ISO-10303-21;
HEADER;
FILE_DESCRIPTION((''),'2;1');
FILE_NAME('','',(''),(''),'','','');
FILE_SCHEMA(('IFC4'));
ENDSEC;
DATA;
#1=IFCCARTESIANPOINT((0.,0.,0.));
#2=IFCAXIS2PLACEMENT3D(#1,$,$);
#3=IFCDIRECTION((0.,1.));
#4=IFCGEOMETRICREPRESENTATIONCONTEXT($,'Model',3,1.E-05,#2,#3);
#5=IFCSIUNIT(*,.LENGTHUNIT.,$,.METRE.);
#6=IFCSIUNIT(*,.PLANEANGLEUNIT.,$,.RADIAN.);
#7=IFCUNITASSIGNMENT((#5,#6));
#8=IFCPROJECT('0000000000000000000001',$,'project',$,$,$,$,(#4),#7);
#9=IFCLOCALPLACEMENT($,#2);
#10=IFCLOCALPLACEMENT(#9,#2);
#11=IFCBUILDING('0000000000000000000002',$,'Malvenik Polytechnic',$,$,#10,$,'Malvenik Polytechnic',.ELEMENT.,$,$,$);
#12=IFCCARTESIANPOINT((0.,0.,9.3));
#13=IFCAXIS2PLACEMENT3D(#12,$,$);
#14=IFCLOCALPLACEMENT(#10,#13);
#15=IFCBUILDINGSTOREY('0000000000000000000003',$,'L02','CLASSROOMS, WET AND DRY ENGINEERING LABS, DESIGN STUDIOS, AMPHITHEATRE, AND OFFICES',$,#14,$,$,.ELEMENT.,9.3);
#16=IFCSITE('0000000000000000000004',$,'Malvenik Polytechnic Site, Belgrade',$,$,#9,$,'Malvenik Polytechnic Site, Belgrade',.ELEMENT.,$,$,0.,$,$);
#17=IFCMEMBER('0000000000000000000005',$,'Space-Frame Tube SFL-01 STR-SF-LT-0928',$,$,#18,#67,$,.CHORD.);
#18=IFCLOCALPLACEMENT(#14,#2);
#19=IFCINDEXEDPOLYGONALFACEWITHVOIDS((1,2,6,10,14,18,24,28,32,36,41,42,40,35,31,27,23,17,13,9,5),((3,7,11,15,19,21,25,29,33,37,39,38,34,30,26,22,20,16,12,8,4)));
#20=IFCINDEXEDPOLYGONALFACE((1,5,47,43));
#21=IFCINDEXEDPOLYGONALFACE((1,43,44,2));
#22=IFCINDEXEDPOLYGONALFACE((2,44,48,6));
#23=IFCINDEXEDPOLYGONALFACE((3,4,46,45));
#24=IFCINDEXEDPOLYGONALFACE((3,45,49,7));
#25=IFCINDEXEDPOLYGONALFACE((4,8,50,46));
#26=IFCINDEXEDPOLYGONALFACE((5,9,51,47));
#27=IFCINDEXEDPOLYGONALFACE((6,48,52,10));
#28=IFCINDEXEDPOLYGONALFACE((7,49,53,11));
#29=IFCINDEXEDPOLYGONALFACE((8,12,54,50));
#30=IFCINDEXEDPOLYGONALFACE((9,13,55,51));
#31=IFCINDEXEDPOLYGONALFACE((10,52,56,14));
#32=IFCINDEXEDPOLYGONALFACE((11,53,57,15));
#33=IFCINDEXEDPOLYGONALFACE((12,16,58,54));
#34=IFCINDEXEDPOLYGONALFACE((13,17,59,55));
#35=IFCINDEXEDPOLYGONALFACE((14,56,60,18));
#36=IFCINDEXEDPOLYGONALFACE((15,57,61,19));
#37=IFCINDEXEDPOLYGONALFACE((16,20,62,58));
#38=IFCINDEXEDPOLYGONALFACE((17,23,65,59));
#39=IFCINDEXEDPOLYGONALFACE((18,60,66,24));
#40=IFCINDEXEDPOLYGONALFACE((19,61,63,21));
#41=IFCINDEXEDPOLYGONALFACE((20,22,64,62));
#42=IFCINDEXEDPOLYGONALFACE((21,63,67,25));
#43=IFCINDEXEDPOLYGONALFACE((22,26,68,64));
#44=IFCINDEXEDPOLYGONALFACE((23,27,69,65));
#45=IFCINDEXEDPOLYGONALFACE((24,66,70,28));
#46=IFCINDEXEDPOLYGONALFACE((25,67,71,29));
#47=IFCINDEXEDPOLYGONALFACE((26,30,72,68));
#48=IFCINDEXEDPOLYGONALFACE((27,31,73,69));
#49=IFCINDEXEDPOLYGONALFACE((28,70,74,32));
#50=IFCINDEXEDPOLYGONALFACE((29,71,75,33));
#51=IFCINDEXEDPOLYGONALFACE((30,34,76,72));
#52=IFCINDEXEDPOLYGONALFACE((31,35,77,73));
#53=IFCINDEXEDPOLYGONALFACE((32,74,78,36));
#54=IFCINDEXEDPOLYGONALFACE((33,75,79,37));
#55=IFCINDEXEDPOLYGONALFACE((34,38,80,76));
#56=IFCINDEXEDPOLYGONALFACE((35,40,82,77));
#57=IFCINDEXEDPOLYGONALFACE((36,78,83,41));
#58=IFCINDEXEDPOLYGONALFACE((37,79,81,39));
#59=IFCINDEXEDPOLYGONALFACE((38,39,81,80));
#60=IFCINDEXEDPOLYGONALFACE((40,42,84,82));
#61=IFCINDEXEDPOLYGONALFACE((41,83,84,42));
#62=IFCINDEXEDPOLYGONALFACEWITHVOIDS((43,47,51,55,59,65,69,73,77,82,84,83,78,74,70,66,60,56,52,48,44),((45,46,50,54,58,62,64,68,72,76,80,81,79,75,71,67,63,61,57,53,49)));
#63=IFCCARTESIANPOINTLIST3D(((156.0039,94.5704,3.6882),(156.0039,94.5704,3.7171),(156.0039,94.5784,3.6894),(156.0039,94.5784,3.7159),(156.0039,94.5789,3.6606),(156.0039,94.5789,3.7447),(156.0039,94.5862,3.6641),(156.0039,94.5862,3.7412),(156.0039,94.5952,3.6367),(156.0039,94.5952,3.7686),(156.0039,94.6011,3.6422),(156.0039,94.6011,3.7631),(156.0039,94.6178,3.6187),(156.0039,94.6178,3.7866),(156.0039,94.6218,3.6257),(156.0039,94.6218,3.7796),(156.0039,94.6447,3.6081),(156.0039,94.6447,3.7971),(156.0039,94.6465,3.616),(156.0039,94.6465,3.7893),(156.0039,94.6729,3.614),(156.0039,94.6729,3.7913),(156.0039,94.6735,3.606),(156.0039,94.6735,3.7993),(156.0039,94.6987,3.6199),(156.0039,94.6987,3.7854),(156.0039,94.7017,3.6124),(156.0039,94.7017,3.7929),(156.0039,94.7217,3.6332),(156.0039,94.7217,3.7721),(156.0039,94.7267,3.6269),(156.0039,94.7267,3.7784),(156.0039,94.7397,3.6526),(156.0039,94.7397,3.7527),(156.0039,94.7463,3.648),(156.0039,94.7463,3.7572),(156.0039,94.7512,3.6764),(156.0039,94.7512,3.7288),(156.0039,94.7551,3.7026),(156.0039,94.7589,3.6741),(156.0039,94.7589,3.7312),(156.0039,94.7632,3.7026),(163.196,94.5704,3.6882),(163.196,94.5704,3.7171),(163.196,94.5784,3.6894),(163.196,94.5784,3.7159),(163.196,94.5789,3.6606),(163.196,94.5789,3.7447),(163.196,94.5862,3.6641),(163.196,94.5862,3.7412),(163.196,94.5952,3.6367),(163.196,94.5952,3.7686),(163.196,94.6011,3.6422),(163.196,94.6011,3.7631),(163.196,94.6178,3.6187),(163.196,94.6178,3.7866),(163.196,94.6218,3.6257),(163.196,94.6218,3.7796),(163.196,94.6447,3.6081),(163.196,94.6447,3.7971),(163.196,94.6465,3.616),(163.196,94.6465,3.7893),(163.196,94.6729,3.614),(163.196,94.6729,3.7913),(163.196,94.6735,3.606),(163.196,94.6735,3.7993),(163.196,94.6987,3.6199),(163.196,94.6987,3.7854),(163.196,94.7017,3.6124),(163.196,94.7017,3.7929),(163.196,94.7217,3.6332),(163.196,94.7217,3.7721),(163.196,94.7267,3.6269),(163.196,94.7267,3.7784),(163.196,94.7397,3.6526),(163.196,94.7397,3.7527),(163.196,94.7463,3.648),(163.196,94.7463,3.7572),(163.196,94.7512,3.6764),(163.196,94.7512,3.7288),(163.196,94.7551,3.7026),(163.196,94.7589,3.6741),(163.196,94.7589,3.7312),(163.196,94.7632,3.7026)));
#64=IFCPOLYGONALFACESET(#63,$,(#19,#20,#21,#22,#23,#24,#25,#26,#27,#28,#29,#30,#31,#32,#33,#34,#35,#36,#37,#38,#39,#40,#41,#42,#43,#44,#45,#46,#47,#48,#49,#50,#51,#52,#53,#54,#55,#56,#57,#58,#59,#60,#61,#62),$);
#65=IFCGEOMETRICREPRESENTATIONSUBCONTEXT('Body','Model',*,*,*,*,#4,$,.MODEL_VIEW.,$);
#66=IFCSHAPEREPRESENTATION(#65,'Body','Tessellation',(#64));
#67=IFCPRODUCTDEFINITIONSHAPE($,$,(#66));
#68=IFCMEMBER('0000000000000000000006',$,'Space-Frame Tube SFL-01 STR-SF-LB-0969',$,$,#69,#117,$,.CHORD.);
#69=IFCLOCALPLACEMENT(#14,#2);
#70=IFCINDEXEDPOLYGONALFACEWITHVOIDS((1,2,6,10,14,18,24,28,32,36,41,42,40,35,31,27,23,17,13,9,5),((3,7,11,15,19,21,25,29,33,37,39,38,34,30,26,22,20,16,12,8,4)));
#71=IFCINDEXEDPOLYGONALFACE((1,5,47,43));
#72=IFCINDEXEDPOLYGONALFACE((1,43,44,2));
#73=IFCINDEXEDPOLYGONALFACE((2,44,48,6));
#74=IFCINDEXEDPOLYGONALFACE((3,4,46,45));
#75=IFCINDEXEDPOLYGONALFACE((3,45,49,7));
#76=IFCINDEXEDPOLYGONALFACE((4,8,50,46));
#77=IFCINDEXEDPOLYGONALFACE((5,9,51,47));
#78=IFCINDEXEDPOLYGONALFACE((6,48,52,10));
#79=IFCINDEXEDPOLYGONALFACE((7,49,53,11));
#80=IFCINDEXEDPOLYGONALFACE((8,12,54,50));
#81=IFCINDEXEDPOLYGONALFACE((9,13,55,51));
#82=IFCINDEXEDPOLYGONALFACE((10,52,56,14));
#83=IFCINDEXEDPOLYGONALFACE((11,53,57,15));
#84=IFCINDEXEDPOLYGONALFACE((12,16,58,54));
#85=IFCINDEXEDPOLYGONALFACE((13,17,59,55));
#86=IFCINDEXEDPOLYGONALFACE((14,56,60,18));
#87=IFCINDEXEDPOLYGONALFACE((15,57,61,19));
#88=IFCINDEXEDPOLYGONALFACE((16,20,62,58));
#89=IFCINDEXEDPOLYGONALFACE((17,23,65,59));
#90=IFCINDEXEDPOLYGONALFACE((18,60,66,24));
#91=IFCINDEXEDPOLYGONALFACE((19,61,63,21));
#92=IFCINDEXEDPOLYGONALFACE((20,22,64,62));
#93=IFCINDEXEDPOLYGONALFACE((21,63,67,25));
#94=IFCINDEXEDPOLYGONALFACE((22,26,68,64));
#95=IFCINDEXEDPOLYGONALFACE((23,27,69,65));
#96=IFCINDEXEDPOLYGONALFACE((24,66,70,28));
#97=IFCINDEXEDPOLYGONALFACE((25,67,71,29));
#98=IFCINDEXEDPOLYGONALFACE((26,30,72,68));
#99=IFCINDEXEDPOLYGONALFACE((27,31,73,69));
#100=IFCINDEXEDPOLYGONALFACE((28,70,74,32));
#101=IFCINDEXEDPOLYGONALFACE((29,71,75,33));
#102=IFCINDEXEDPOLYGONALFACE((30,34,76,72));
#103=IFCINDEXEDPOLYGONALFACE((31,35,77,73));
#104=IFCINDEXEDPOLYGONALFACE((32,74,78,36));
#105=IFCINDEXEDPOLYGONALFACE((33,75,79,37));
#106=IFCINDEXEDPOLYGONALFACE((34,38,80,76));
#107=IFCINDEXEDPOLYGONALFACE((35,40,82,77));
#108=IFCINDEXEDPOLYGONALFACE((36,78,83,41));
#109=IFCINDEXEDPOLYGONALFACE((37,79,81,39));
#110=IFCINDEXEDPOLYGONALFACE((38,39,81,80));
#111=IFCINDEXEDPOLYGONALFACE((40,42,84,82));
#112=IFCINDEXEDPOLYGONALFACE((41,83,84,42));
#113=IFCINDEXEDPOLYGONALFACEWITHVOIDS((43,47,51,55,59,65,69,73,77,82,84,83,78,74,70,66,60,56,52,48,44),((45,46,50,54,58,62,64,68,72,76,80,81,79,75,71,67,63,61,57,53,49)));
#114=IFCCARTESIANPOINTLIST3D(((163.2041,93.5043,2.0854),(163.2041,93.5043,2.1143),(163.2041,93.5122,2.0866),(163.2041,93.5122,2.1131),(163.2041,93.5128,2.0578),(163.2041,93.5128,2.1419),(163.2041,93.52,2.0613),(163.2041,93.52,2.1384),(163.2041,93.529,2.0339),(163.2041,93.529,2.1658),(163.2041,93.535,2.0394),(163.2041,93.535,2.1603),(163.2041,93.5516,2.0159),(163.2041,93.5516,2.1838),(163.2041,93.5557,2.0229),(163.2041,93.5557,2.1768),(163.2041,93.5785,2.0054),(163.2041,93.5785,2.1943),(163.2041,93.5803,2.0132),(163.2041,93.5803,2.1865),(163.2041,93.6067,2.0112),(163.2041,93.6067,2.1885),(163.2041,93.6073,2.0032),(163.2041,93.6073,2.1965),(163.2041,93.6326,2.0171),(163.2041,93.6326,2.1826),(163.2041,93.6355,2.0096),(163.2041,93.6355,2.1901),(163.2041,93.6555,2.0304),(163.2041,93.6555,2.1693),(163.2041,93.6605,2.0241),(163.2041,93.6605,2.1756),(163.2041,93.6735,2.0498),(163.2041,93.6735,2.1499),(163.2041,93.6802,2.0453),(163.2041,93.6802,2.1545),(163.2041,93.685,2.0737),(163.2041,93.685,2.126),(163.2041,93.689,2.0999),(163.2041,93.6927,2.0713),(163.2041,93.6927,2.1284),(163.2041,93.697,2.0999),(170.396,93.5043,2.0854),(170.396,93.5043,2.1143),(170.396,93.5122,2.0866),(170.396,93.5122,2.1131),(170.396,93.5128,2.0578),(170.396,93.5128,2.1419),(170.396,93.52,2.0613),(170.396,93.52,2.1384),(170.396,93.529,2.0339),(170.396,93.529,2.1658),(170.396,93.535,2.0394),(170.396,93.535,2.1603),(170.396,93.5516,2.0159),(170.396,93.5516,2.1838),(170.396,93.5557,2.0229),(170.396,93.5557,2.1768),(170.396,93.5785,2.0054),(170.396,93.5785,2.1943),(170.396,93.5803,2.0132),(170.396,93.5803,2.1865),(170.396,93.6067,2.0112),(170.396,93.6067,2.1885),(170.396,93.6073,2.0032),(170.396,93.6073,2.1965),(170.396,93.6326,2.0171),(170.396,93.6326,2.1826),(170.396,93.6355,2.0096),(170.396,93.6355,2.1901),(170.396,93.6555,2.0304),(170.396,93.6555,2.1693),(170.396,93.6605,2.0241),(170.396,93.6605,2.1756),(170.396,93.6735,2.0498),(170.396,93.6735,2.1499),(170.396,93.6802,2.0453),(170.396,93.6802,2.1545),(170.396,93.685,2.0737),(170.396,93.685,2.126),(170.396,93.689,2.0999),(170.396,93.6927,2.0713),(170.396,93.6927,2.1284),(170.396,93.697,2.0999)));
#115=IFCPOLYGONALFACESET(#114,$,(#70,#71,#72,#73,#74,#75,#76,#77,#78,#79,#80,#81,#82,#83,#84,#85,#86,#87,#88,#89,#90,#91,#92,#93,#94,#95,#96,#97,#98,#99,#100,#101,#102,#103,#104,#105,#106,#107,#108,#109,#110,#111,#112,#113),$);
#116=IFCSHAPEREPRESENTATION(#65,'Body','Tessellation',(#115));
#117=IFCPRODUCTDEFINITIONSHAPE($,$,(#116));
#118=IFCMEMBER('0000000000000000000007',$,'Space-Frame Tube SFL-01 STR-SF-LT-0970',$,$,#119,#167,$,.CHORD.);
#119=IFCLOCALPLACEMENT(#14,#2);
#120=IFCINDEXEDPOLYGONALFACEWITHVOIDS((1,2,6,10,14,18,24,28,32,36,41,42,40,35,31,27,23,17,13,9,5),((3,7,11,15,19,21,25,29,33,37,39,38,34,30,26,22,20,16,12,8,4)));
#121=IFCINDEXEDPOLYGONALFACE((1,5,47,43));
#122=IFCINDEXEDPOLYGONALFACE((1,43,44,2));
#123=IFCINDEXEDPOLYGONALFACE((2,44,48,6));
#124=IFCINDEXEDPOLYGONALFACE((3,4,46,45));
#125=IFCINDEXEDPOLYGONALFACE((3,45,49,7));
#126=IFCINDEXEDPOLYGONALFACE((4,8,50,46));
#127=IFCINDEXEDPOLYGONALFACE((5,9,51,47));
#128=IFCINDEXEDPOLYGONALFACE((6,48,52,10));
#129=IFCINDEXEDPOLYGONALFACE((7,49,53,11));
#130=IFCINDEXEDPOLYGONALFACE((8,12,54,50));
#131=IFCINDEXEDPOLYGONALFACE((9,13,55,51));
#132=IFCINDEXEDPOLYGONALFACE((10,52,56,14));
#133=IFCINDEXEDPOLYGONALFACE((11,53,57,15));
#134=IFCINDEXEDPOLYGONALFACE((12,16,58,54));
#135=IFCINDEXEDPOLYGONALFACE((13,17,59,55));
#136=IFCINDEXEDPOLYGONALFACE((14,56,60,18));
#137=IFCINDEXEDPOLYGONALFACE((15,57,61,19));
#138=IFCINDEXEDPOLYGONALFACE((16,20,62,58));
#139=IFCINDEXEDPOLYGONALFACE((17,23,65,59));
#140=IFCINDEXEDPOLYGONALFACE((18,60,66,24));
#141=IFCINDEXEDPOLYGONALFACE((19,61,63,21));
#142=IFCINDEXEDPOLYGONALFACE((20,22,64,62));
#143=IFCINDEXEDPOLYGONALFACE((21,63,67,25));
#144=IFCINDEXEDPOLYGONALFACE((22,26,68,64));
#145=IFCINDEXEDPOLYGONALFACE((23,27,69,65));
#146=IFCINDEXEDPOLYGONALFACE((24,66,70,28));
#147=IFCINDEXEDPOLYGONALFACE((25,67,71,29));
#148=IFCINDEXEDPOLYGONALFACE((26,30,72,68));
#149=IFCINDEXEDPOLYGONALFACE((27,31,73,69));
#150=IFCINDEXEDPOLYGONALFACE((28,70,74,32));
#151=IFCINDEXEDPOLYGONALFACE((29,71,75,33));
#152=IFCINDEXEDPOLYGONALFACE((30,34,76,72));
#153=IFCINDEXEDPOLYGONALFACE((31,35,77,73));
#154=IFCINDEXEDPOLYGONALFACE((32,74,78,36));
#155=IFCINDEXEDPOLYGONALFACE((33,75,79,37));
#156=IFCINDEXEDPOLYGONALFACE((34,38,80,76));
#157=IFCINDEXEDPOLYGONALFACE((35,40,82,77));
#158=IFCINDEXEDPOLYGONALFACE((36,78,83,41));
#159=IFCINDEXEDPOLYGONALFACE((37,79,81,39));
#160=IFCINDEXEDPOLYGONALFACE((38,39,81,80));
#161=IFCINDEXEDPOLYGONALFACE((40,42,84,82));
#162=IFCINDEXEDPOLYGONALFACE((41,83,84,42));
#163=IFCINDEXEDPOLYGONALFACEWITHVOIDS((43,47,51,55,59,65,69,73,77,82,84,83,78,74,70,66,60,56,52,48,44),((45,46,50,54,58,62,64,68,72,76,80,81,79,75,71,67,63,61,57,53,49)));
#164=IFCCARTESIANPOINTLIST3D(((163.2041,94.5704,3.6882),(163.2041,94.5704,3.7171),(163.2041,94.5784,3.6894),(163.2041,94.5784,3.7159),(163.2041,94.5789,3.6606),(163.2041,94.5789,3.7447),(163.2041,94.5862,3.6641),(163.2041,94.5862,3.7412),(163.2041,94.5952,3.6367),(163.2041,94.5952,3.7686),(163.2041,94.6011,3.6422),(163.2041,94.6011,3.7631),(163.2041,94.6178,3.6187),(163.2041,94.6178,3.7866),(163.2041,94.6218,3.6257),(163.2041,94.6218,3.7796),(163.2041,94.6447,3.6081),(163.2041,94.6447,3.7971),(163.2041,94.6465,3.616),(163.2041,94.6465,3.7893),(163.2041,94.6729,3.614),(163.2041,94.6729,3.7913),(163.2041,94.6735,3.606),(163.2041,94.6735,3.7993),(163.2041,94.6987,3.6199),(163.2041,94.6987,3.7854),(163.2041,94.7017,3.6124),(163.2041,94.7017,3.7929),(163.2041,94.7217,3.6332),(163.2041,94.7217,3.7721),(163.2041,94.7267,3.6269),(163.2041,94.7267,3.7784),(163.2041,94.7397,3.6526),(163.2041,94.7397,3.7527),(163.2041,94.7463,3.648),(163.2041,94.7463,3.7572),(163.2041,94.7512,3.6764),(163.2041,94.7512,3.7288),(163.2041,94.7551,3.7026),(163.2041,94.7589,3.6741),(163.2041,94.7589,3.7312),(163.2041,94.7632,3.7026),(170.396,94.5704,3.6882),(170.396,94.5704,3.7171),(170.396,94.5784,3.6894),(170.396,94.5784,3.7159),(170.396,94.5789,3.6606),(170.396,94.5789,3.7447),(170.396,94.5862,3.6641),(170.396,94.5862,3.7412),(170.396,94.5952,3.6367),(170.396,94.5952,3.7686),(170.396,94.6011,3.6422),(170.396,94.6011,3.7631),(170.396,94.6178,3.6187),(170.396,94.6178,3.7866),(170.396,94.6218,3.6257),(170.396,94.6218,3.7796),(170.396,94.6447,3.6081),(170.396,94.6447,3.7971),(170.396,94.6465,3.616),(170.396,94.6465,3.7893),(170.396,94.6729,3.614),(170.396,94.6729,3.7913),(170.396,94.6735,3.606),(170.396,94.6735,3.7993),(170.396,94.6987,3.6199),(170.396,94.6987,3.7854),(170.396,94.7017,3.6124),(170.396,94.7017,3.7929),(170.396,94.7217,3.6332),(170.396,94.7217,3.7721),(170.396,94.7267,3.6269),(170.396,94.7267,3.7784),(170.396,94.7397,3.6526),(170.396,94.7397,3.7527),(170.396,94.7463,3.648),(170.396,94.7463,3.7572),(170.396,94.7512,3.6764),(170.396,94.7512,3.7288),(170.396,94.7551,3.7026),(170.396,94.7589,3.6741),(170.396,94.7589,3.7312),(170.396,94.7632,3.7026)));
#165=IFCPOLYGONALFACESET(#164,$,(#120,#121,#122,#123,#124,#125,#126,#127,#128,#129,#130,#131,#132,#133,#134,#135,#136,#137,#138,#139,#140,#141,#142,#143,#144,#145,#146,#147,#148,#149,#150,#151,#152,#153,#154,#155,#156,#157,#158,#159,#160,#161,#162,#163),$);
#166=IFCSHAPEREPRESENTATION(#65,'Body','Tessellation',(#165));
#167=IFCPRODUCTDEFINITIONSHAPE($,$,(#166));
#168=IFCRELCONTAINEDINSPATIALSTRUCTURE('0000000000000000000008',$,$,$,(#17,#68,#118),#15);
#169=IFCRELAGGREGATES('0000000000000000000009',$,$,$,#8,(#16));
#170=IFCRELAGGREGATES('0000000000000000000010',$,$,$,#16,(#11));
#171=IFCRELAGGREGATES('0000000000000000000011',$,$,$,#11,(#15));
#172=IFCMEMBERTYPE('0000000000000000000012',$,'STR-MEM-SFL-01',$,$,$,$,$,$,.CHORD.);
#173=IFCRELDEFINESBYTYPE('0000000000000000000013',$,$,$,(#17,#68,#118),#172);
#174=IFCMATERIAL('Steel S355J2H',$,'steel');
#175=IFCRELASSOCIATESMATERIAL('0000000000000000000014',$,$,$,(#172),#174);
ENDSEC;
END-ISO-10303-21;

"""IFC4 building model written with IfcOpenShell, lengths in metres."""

from ifc_helpers import new_model, si_unit, direction, frame, origin, origin_2d, place, context, subcontext, project, spatial, hollow_circle, extrude, material, material_profile, profile_set, type_object, element, save


model = new_model("IFC4")

# Units and contexts
model_context = context("Model", 3, precision=1e-05, world=origin(), true_north=direction((0.0, 1.0)))
body_context = subcontext(model_context, "Body", "Model", "MODEL_VIEW")
ifc_project = project(units=[si_unit("LENGTHUNIT", "METRE"), si_unit("PLANEANGLEUNIT", "RADIAN")], contexts=[model_context])

# Site, building, storey
site_placement = place(None, origin())
site = spatial("IfcSite", under=ifc_project, at=site_placement, Name="Malvenik Polytechnic Site, Belgrade", LongName="Malvenik Polytechnic Site, Belgrade", CompositionType="ELEMENT", RefElevation=0.0)
building_placement = place(site_placement, origin())
building = spatial("IfcBuilding", under=site, at=building_placement, Name="Malvenik Polytechnic", LongName="Malvenik Polytechnic", CompositionType="ELEMENT")
storey_placement = place(building_placement, frame((0.0, 0.0, 9.3)))
storey = spatial("IfcBuildingStorey", under=building, at=storey_placement, Name="L02", Description="CLASSROOMS, WET AND DRY ENGINEERING LABS, DESIGN STUDIOS, AMPHITHEATRE, AND OFFICES", CompositionType="ELEMENT", Elevation=9.3)

# Members
ifc_material_1 = material(Name="Steel S355J2H", Category="steel")
ifc_material_profile_1 = material_profile(ifc_material_1, hollow_circle(Radius=0.0969, WallThickness=0.0081, at=origin_2d()), Name="CHS 193.7x8.0")
ifc_profile_set_1 = profile_set([ifc_material_profile_1], Name="Steel S355J2H")
member_type_1 = type_object("IfcMemberType", Name="STR-MEM-SFL-01", PredefinedType="CHORD", material=ifc_profile_set_1)
for number, where, z_axis, x_axis, name in (
    (1, (156.0039, 94.6663, 3.7026), (1.0, 0.0, 0.0), (0.0, 1.0, 0.0), "Space-Frame Tube SFL-01 STR-SF-LT-0928"),
):
    element("IfcMember", number, at=place(storey_placement, frame(where, z_axis=z_axis, x_axis=x_axis)), inside=storey, type_object=member_type_1, Name=name, PredefinedType="CHORD", context=body_context, shape_type="SweptSolid", body=[
        extrude(hollow_circle(Radius=0.0969, WallThickness=0.0081, at=origin_2d()), origin(), (0.0, 0.0, 1.0), 7.1921),
    ])
for number, where, z_axis, x_axis, name in (
    (2, (163.2041, 93.6001, 2.0999), (1.0, 0.0, 0.0), (0.0, 1.0, 0.0), "Space-Frame Tube SFL-01 STR-SF-LB-0969"),
    (3, (163.2041, 94.6663, 3.7026), (1.0, 0.0, 0.0), (0.0, 1.0, 0.0), "Space-Frame Tube SFL-01 STR-SF-LT-0970"),
):
    element("IfcMember", number, at=place(storey_placement, frame(where, z_axis=z_axis, x_axis=x_axis)), inside=storey, type_object=member_type_1, Name=name, PredefinedType="CHORD", context=body_context, shape_type="SweptSolid", body=[
        extrude(hollow_circle(Radius=0.0969, WallThickness=0.0081, at=origin_2d()), origin(), (0.0, 0.0, 1.0), 7.1919),
    ])

save(model, "model.ifc")
